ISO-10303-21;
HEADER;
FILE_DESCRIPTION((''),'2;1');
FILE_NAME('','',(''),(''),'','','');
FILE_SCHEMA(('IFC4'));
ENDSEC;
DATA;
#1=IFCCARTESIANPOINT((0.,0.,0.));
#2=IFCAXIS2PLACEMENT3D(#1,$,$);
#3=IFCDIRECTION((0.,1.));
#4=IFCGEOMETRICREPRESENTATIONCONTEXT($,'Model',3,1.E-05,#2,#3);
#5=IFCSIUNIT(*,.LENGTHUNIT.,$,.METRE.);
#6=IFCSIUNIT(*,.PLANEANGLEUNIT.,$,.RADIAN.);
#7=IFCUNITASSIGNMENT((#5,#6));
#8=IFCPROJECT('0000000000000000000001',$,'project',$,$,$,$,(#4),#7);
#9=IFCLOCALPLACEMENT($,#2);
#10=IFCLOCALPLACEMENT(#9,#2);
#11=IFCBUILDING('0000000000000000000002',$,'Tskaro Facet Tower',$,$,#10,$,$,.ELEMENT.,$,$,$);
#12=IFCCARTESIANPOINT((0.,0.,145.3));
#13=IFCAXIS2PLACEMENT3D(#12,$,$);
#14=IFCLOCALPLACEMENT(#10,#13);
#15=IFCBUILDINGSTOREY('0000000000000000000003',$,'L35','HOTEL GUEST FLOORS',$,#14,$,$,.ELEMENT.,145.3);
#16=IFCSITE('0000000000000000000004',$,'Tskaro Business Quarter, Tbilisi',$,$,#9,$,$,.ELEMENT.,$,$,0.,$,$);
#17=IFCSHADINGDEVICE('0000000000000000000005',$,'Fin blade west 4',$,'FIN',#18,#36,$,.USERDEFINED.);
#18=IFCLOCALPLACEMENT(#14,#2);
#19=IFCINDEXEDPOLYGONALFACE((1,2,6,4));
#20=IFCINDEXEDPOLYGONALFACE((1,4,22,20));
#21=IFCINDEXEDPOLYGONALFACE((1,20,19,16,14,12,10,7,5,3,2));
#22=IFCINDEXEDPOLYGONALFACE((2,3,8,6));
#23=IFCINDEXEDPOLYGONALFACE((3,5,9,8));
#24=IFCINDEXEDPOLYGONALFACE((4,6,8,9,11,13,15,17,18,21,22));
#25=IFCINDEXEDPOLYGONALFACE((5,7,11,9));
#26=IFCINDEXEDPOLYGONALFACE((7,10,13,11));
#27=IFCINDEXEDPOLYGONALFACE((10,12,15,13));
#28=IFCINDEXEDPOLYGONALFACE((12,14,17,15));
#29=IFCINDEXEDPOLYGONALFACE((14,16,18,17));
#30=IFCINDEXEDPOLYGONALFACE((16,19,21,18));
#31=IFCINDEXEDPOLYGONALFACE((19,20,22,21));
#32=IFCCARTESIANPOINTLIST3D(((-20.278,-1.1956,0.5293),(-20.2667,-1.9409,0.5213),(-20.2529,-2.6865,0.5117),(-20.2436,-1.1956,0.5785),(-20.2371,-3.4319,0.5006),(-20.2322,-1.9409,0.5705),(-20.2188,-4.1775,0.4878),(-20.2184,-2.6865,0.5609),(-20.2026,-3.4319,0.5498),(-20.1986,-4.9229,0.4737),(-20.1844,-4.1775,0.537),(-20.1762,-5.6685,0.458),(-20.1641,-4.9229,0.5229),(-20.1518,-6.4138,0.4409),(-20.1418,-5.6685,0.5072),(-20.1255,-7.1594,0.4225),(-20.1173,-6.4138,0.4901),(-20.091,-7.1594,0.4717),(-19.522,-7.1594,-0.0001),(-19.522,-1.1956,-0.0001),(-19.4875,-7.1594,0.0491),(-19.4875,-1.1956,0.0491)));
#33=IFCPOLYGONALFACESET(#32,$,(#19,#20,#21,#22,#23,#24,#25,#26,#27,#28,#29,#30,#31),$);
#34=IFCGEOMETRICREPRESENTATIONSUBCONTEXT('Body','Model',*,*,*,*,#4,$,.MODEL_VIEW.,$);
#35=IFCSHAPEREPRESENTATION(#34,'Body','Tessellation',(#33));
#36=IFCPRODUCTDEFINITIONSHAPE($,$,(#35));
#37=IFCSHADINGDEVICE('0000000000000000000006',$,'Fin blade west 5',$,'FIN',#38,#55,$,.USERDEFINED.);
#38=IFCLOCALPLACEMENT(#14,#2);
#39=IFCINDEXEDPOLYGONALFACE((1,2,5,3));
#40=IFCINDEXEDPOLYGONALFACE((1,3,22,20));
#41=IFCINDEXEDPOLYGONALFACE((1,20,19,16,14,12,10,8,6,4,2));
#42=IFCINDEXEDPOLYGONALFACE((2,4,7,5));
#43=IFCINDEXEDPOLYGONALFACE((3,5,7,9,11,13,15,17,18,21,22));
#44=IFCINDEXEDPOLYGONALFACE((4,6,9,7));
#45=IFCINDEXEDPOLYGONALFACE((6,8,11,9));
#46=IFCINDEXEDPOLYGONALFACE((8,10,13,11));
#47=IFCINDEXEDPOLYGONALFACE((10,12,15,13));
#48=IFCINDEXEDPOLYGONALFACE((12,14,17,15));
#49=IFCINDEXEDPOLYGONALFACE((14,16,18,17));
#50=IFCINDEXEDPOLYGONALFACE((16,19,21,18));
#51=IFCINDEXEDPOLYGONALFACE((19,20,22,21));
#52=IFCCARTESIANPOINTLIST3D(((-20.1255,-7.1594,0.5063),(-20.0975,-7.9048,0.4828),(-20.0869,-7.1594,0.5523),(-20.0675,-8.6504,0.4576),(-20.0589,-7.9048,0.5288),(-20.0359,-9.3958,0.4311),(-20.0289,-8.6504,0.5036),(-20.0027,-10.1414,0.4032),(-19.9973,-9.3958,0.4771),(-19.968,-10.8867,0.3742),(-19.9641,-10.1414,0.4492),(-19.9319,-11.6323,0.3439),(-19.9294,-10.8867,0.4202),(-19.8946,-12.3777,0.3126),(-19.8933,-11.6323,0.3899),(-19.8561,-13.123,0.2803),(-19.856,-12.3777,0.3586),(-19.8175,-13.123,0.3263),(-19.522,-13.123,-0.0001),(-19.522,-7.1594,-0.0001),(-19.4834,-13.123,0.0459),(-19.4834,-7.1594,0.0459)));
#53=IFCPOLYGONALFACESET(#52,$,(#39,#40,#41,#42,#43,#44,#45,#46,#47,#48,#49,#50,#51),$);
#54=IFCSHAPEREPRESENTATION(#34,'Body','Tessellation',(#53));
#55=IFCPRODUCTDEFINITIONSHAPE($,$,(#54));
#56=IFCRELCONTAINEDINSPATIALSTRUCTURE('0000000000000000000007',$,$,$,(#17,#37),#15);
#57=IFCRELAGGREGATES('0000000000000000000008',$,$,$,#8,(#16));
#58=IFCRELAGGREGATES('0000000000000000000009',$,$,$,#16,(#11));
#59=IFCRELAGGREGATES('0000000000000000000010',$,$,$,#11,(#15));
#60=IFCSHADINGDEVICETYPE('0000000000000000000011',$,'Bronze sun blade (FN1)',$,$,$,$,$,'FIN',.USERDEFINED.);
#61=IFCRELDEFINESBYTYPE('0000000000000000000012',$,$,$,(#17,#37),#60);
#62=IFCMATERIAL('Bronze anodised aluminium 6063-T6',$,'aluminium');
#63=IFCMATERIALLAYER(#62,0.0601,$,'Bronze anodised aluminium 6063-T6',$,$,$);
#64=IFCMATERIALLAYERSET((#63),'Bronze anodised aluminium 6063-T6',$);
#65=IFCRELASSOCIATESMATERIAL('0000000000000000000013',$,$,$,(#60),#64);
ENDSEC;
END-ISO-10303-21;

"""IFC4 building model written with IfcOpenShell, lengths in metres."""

from ifc_helpers import new_model, si_unit, direction, frame, origin, place, context, subcontext, project, spatial, polyline, outline, extrude, material, layer, layer_set, type_object, element, save


model = new_model("IFC4")

# Units and contexts
model_context = context("Model", 3, precision=1e-05, world=origin(), true_north=direction((0.0, 1.0)))
body_context = subcontext(model_context, "Body", "Model", "MODEL_VIEW")
ifc_project = project(units=[si_unit("LENGTHUNIT", "METRE"), si_unit("PLANEANGLEUNIT", "RADIAN")], contexts=[model_context])

# Site, building, storey
site_placement = place(None, origin())
site = spatial("IfcSite", under=ifc_project, at=site_placement, Name="Tskaro Business Quarter, Tbilisi", CompositionType="ELEMENT", RefElevation=0.0)
building_placement = place(site_placement, origin())
building = spatial("IfcBuilding", under=site, at=building_placement, Name="Tskaro Facet Tower", CompositionType="ELEMENT")
storey_placement = place(building_placement, frame((0.0, 0.0, 145.3)))
storey = spatial("IfcBuildingStorey", under=building, at=storey_placement, Name="L35", Description="HOTEL GUEST FLOORS", CompositionType="ELEMENT", Elevation=145.3)

# Shared definitions
ifc_material_1 = material(Name="Bronze anodised aluminium 6063-T6", Category="aluminium")

# Shading devices
ifc_layer_1 = layer(ifc_material_1, 0.0601, Name="Bronze anodised aluminium 6063-T6")
ifc_layer_set_1 = layer_set([ifc_layer_1], Name="Bronze anodised aluminium 6063-T6")
shading_device_type = type_object("IfcShadingDeviceType", Name="Bronze sun blade (FN1)", ElementType="FIN", PredefinedType="USERDEFINED", material=ifc_layer_set_1)
shading_device_1_placement = place(storey_placement, frame((-19.4875, -1.1956, 0.0491), z_axis=(0.573578, 0.000011, 0.819151), x_axis=(0.000006, -1.0, 0.000009)))
element("IfcShadingDevice", 1, at=shading_device_1_placement, inside=storey, type_object=shading_device_type, Name="Fin blade west 4", ObjectType="FIN", PredefinedType="USERDEFINED", context=body_context, shape_type="SweptSolid", body=[
    extrude(outline(polyline([(0.0, 0.0), (5.9639, 0.0), (5.9639, -0.7368), (5.2183, -0.7689), (4.4729, -0.7987), (3.7273, -0.826), (2.9819, -0.8507), (2.2363, -0.873), (1.491, -0.8923), (0.7454, -0.9091), (0.0, -0.923), (0.0, 0.0)])), origin(), (0.0, 0.0, -1.0), 0.0601),
])
shading_device_2_placement = place(storey_placement, frame((-19.4834, -7.1594, 0.0459), z_axis=(0.642798, -0.000002, 0.766036), x_axis=(-0.000001, -1.0, -0.000002)))
element("IfcShadingDevice", 2, at=shading_device_2_placement, inside=storey, type_object=shading_device_type, Name="Fin blade west 5", ObjectType="FIN", PredefinedType="USERDEFINED", context=body_context, shape_type="SweptSolid", body=[
    extrude(outline(polyline([(0.0, 0.0), (5.9636, 0.0), (5.9636, -0.4362), (5.2183, -0.4864), (4.4729, -0.5351), (3.7273, -0.5823), (2.9819, -0.6275), (2.2363, -0.6708), (1.491, -0.7121), (0.7454, -0.7512), (0.0, -0.7878), (0.0, 0.0)])), origin(), (0.0, 0.0, -1.0), 0.0601),
])

save(model, "model.ifc")
